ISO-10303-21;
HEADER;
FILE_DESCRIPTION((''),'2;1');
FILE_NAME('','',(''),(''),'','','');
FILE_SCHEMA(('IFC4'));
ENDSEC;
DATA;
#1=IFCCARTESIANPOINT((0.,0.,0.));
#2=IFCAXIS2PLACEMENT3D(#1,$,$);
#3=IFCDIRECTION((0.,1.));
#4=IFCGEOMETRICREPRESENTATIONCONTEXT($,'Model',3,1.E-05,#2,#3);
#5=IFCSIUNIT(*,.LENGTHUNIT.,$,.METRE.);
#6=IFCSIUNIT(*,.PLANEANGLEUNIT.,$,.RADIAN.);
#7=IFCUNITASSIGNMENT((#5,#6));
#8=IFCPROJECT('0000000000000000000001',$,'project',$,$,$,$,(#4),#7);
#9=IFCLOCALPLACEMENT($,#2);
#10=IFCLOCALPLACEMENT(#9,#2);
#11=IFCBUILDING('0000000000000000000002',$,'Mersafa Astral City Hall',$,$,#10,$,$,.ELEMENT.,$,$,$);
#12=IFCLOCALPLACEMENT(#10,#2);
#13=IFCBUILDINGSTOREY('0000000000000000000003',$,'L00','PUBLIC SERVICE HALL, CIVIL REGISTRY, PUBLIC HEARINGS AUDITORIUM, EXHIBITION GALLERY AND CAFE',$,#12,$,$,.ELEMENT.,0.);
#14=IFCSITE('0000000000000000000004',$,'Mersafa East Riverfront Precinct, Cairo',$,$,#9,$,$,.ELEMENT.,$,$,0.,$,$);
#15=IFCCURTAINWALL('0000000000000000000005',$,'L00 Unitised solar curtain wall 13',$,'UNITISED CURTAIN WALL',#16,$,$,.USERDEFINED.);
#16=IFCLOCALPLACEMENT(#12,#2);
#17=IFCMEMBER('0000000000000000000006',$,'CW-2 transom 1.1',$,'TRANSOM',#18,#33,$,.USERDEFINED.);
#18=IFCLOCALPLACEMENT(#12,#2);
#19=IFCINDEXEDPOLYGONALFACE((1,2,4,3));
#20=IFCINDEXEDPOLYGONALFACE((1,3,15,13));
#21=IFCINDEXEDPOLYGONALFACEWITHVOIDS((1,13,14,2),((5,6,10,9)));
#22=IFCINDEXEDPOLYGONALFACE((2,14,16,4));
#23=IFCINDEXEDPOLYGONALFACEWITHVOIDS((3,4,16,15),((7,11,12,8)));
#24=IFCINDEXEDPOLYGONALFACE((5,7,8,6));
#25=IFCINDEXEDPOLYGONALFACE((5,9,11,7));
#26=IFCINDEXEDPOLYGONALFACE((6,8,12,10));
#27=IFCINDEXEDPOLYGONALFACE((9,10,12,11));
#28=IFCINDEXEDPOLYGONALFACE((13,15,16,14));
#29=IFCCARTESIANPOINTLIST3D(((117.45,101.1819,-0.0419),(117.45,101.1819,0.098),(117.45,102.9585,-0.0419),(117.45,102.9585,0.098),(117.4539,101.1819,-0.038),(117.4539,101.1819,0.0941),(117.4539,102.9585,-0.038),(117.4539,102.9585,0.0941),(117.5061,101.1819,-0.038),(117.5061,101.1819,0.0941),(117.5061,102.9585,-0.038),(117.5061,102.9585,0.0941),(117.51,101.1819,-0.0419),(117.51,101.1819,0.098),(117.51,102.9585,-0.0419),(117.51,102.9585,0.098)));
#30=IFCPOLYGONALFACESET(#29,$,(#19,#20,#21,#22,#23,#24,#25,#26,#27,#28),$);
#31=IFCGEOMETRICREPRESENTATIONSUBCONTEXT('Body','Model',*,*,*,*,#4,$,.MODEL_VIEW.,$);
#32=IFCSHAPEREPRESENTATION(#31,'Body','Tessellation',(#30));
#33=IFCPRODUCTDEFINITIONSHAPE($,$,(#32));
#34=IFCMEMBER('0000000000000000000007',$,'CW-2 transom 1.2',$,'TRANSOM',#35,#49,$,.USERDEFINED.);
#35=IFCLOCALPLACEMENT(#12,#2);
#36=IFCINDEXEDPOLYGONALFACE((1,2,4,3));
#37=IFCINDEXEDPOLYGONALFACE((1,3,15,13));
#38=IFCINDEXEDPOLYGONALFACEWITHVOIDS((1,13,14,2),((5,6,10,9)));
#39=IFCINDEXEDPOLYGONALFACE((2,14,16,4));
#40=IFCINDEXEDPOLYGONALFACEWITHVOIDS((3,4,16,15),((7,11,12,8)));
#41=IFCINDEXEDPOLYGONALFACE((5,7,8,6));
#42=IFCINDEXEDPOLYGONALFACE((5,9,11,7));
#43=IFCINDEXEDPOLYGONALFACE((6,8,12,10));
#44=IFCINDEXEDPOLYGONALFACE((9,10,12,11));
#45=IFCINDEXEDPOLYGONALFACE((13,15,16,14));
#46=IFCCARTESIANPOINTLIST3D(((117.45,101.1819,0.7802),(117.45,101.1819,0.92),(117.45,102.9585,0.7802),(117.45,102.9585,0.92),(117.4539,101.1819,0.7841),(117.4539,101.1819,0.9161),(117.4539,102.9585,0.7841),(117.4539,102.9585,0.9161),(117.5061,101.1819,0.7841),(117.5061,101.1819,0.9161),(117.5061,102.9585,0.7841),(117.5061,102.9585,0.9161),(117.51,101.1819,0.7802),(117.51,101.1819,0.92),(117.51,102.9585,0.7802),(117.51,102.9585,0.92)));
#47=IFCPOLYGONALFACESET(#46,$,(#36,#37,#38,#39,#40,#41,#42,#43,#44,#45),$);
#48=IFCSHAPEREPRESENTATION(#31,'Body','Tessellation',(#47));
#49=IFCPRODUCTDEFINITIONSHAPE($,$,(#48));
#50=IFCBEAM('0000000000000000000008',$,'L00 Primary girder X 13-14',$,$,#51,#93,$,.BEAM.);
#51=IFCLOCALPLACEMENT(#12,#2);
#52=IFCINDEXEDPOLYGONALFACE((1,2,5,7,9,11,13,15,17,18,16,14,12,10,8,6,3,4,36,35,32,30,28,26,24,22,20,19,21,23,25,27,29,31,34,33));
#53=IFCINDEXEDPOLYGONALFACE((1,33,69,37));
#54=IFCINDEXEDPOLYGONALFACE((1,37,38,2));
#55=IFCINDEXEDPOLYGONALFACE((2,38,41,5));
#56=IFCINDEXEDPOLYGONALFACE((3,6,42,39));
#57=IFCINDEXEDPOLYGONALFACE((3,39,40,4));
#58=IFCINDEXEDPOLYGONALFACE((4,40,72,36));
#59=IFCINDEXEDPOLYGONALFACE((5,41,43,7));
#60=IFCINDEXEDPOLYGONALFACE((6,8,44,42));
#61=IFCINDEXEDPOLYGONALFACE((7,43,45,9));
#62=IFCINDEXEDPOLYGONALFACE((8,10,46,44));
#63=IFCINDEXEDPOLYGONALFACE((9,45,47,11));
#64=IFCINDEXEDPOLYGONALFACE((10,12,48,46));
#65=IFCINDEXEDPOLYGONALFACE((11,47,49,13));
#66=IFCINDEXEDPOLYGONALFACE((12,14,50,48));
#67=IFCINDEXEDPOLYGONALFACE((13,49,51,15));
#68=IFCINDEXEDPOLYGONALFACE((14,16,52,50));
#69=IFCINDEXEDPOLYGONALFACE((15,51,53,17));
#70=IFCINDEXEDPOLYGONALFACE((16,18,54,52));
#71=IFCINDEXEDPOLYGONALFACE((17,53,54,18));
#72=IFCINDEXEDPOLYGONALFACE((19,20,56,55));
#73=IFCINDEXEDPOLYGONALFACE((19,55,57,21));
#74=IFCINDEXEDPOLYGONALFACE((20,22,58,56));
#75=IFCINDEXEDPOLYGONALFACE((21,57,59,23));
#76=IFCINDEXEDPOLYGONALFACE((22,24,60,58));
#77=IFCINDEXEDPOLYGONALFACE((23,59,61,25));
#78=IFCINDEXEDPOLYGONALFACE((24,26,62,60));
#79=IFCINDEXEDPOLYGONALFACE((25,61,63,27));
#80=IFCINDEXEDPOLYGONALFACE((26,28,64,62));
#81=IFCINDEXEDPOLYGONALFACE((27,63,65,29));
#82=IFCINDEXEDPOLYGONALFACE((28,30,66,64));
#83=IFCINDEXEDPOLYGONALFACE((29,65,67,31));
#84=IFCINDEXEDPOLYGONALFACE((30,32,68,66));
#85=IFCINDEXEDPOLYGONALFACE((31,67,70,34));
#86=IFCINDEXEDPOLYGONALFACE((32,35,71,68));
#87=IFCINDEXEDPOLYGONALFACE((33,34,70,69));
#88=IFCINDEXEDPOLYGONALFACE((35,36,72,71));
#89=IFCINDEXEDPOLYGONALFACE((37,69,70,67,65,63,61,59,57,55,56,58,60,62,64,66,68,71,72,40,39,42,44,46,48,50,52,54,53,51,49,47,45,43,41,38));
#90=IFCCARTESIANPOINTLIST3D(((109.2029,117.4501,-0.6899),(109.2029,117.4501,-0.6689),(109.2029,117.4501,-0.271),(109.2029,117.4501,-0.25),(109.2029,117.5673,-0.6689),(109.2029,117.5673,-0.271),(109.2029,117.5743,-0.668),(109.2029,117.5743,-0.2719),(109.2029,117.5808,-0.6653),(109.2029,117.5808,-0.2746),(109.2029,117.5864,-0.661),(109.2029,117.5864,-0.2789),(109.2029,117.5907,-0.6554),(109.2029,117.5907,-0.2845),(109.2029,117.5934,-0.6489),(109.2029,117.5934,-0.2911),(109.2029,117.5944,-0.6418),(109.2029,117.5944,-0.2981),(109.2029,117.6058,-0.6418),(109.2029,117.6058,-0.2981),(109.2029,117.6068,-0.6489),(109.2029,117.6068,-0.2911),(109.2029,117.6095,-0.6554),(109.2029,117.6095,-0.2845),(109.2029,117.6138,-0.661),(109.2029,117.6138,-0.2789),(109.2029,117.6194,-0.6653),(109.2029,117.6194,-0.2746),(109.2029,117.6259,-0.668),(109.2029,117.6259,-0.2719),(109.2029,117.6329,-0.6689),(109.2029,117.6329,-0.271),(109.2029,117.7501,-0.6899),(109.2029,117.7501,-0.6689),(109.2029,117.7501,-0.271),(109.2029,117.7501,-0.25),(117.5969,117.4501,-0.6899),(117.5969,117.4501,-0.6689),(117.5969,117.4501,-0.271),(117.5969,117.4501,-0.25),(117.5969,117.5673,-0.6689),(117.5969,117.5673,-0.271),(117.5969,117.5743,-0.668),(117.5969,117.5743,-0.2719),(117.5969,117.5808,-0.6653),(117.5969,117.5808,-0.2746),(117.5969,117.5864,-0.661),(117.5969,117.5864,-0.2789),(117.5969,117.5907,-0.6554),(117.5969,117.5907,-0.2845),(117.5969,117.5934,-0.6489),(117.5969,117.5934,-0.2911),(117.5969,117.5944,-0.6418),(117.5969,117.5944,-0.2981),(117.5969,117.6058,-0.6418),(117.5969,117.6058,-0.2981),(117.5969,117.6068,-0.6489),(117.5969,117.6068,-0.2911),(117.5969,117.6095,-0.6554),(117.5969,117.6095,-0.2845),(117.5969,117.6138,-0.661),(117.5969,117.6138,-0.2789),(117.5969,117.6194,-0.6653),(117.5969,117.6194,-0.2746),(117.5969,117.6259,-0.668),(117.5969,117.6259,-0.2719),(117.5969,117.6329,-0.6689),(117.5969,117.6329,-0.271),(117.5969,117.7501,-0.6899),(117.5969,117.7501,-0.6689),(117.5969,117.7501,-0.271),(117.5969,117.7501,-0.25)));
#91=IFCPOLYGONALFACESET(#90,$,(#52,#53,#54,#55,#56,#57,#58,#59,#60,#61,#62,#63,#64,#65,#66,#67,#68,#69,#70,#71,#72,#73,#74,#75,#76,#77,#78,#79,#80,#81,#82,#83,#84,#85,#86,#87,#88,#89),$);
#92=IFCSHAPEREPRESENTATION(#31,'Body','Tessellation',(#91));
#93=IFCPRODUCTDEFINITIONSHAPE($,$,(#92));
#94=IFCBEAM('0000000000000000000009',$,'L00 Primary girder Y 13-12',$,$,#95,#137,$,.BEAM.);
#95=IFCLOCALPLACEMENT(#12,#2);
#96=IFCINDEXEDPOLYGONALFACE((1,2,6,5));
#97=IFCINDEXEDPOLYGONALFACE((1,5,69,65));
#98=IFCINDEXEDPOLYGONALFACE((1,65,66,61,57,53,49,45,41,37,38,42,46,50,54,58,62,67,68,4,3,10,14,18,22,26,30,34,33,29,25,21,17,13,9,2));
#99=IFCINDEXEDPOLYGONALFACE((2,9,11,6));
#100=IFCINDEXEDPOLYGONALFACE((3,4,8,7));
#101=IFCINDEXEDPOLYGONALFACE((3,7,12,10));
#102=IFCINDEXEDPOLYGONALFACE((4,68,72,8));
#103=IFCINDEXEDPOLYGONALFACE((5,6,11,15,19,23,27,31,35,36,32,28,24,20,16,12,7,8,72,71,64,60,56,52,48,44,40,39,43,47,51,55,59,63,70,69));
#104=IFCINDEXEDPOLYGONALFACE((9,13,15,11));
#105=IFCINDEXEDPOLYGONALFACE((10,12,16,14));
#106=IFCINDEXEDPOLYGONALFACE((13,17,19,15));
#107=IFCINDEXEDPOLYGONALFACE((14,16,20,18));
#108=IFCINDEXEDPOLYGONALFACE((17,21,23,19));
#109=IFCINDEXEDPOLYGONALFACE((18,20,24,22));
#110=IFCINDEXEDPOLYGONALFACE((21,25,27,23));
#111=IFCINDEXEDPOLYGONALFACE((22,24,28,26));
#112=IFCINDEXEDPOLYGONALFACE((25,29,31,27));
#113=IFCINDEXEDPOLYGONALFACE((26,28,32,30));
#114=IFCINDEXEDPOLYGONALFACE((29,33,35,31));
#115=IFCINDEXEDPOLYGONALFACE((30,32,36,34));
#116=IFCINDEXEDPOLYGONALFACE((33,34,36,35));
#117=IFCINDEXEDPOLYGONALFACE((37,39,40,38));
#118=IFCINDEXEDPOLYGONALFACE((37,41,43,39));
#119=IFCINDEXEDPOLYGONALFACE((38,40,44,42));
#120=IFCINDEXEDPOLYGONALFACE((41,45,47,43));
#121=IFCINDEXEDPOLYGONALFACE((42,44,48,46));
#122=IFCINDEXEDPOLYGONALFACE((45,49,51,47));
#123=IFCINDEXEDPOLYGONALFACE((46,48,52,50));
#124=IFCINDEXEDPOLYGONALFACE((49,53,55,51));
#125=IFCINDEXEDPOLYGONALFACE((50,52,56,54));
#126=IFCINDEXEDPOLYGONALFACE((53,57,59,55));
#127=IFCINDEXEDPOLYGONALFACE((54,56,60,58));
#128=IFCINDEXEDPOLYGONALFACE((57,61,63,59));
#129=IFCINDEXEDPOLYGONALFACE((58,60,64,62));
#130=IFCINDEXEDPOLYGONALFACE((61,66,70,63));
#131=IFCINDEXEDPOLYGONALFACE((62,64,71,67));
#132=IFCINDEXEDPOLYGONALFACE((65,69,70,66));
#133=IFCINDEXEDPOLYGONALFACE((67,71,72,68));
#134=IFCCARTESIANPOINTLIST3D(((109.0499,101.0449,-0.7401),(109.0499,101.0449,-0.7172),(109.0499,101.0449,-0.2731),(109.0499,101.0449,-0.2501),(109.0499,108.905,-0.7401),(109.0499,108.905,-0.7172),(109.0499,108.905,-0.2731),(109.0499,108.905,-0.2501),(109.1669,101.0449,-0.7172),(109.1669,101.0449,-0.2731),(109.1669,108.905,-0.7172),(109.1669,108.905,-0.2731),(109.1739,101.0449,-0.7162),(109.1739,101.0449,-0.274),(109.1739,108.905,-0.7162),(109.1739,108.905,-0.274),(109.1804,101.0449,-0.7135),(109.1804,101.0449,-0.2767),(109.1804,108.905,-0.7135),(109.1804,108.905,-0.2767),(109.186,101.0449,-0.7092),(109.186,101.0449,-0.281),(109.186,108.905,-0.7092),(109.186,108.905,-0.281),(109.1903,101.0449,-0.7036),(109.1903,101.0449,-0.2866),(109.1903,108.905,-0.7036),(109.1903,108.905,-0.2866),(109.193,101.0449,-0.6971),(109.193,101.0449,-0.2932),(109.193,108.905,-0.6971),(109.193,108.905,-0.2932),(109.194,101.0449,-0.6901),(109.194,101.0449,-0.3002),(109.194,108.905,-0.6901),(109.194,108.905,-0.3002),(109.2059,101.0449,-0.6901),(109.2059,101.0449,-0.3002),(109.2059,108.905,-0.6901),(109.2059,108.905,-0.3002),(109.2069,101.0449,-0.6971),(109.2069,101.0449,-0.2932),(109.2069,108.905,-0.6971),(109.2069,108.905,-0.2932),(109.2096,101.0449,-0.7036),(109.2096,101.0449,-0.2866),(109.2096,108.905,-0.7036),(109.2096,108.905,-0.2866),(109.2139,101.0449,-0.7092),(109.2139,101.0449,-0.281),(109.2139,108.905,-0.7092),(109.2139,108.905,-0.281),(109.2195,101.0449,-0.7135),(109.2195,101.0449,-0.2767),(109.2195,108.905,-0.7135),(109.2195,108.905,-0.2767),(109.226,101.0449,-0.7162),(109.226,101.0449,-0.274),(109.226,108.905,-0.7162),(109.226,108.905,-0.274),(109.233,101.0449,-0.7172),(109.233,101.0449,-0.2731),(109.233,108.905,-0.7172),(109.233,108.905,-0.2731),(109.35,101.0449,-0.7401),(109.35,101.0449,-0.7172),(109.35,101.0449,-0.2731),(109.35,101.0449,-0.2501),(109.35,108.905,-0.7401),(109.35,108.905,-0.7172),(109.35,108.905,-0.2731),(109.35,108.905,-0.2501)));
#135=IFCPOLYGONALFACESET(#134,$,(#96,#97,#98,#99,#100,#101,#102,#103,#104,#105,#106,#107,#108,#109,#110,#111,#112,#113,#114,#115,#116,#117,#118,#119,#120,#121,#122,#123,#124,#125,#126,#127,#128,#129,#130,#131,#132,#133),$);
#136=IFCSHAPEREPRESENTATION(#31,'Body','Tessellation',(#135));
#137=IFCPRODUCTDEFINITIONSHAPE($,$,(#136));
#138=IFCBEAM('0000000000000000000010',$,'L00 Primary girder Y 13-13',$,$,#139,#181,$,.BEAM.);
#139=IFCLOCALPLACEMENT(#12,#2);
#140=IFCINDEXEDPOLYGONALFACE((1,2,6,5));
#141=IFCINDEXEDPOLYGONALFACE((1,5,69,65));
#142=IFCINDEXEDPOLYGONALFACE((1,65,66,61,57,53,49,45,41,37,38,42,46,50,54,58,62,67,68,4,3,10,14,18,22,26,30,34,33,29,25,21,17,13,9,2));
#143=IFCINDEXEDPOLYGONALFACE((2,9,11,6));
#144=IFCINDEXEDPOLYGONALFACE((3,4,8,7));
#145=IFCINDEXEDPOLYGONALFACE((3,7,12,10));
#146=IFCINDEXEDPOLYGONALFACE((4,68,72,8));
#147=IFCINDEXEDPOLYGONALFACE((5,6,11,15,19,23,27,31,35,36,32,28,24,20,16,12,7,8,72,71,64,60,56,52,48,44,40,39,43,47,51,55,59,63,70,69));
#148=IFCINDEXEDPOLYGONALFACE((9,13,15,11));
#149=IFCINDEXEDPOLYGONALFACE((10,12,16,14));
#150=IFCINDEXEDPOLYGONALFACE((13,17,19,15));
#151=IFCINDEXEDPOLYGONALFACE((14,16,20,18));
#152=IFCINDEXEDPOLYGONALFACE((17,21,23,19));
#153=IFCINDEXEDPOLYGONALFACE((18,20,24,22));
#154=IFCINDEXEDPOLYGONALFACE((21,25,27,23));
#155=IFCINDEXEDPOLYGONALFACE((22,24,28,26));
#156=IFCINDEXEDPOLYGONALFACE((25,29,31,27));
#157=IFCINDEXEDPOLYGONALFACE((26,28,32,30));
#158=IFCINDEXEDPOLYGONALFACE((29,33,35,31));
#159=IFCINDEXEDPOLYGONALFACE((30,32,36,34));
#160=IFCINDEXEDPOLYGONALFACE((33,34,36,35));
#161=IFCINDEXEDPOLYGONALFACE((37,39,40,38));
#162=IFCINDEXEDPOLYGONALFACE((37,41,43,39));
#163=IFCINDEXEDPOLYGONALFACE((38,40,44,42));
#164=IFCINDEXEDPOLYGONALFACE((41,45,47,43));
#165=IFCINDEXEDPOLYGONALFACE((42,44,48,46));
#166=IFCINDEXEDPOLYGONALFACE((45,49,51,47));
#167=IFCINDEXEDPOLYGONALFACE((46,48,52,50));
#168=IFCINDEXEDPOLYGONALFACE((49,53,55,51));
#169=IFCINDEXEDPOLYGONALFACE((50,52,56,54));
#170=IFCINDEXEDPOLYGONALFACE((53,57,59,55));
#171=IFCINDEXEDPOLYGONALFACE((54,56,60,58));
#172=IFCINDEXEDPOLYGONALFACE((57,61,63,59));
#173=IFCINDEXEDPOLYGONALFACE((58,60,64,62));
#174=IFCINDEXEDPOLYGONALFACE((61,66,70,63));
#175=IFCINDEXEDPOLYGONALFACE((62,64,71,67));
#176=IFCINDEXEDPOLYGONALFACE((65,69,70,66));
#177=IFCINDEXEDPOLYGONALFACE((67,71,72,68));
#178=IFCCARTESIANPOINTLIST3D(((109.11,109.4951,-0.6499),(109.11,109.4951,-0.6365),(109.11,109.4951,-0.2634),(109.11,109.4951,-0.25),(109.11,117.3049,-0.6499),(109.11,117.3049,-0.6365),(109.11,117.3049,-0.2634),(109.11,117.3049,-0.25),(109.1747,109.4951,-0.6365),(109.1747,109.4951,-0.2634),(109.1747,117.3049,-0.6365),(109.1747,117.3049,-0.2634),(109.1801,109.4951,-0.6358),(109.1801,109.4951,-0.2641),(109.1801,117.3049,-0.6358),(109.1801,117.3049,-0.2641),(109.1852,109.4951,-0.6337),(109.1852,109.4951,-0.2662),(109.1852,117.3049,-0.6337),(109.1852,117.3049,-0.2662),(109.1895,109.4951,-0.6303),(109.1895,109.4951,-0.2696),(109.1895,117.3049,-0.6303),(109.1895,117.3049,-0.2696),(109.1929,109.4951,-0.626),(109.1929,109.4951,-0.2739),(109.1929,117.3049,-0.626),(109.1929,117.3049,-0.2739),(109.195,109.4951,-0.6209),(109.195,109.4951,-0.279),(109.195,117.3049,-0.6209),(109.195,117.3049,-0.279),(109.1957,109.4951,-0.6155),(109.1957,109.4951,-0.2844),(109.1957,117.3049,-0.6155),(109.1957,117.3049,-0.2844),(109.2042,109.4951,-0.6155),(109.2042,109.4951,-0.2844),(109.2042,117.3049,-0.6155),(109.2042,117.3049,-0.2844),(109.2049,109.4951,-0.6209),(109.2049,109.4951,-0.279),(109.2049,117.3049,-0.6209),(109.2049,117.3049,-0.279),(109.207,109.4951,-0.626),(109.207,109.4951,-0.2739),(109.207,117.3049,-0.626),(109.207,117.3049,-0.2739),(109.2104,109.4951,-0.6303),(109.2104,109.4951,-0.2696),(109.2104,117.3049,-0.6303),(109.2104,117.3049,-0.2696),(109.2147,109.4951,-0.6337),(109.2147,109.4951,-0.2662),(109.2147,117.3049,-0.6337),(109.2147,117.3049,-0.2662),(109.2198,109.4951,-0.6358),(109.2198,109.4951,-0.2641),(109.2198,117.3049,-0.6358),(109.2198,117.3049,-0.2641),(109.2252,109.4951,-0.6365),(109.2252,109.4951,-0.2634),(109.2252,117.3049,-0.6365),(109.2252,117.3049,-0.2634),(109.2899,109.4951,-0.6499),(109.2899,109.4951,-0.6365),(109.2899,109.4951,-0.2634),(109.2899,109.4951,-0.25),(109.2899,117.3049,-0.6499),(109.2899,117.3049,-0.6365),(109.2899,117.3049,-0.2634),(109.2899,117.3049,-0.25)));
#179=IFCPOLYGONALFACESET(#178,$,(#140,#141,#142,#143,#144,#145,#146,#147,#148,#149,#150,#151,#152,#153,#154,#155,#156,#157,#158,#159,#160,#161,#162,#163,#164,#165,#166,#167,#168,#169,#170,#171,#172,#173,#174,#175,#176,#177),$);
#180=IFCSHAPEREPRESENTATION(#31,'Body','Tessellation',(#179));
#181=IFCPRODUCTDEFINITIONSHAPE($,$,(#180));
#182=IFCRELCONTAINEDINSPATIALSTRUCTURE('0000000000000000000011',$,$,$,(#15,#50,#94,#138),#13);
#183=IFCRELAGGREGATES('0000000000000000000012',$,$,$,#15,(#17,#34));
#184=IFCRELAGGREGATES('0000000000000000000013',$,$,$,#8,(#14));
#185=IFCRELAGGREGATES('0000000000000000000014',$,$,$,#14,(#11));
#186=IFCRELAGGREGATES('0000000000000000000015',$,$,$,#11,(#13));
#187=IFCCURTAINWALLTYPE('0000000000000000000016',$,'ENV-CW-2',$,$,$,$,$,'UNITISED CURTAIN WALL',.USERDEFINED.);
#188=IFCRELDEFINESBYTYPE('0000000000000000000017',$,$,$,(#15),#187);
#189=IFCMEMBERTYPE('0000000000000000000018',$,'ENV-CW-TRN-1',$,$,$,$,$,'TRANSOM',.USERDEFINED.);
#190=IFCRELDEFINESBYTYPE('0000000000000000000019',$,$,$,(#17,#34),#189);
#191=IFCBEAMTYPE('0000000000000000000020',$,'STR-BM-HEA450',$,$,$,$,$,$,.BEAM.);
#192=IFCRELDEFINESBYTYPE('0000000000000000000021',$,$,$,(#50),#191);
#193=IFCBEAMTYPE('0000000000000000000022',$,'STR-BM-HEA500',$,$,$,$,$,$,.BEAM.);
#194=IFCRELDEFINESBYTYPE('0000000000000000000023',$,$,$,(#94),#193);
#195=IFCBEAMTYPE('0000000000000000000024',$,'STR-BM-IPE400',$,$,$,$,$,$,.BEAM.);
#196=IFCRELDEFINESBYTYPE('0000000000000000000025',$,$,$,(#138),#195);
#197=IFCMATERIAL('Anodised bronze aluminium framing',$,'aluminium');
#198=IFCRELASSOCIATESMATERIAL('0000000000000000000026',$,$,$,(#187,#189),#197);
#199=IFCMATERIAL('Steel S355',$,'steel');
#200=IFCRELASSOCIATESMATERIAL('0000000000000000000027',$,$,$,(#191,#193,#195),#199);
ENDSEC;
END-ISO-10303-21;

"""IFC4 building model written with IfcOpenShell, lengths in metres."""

from ifc_helpers import new_model, si_unit, direction, frame, origin, origin_2d, place, context, subcontext, project, spatial, hollow_rectangle, i_section, extrude, material, material_profile, profile_set, type_object, element, aggregate, save


model = new_model("IFC4")

# Units and contexts
model_context = context("Model", 3, precision=1e-05, world=origin(), true_north=direction((0.0, 1.0)))
body_context = subcontext(model_context, "Body", "Model", "MODEL_VIEW")
ifc_project = project(units=[si_unit("LENGTHUNIT", "METRE"), si_unit("PLANEANGLEUNIT", "RADIAN")], contexts=[model_context])

# Site, building, storey
site_placement = place(None, origin())
site = spatial("IfcSite", under=ifc_project, at=site_placement, Name="Mersafa East Riverfront Precinct, Cairo", CompositionType="ELEMENT", RefElevation=0.0)
building_placement = place(site_placement, origin())
building = spatial("IfcBuilding", under=site, at=building_placement, Name="Mersafa Astral City Hall", CompositionType="ELEMENT")
storey_placement = place(building_placement, origin())
storey = spatial("IfcBuildingStorey", under=building, at=storey_placement, Name="L00", Description="PUBLIC SERVICE HALL, CIVIL REGISTRY, PUBLIC HEARINGS AUDITORIUM, EXHIBITION GALLERY AND CAFE", CompositionType="ELEMENT", Elevation=0.0)

# Shared definitions
ifc_material_1 = material(Name="Steel S355", Category="steel")

# Curtain wall, members
ifc_material_2 = material(Name="Anodised bronze aluminium framing", Category="aluminium")
curtain_wall_type = type_object("IfcCurtainWallType", Name="ENV-CW-2", ElementType="UNITISED CURTAIN WALL", PredefinedType="USERDEFINED", material=ifc_material_2)
curtain_wall_placement = place(storey_placement, origin())
curtain_wall = element("IfcCurtainWall", 1, at=curtain_wall_placement, inside=storey, type_object=curtain_wall_type, Name="L00 Unitised solar curtain wall 13", ObjectType="UNITISED CURTAIN WALL", PredefinedType="USERDEFINED")
ifc_material_profile_1 = material_profile(ifc_material_2, hollow_rectangle(XDim=0.0601, YDim=0.1399, WallThickness=0.0039, at=origin_2d()), Name="RHS 60x140x4")
ifc_profile_set_1 = profile_set([ifc_material_profile_1], Name="Anodised bronze aluminium framing")
member_type_1 = type_object("IfcMemberType", Name="ENV-CW-TRN-1", ElementType="TRANSOM", PredefinedType="USERDEFINED", material=ifc_profile_set_1)
member_1_placement = place(storey_placement, frame((117.48, 101.1819, 0.0281), z_axis=(0.0, 1.0, 0.0), x_axis=(-1.0, 0.0, 0.0)))
member_1 = element("IfcMember", 2, at=member_1_placement, type_object=member_type_1, Name="CW-2 transom 1.1", ObjectType="TRANSOM", PredefinedType="USERDEFINED", context=body_context, shape_type="SweptSolid", body=[
    extrude(hollow_rectangle(XDim=0.0601, YDim=0.1399, WallThickness=0.0039, at=origin_2d()), origin(), (0.0, 0.0, 1.0), 1.7766),
])
member_2_placement = place(storey_placement, frame((117.48, 101.1819, 0.8501), z_axis=(0.0, 1.0, 0.0), x_axis=(-1.0, 0.0, 0.0)))
member_2 = element("IfcMember", 3, at=member_2_placement, type_object=member_type_1, Name="CW-2 transom 1.2", ObjectType="TRANSOM", PredefinedType="USERDEFINED", context=body_context, shape_type="SweptSolid", body=[
    extrude(hollow_rectangle(XDim=0.0601, YDim=0.1399, WallThickness=0.0039, at=origin_2d()), origin(), (0.0, 0.0, 1.0), 1.7766),
])
aggregate(curtain_wall, [member_1, member_2])

# Beams
ifc_material_profile_2 = material_profile(ifc_material_1, i_section(OverallWidth=0.3, OverallDepth=0.4399, WebThickness=0.0115, FlangeThickness=0.021, FilletRadius=0.0271, at=origin_2d()), Name="HEA 450")
ifc_profile_set_2 = profile_set([ifc_material_profile_2], Name="Steel S355")
beam_type_1 = type_object("IfcBeamType", Name="STR-BM-HEA450", PredefinedType="BEAM", material=ifc_profile_set_2)
beam_1_placement = place(storey_placement, frame((109.2029, 117.6001, -0.47), z_axis=(1.0, 0.0, 0.0), x_axis=(0.0, 1.0, 0.0)))
element("IfcBeam", 4, at=beam_1_placement, inside=storey, type_object=beam_type_1, Name="L00 Primary girder X 13-14", PredefinedType="BEAM", context=body_context, shape_type="SweptSolid", body=[
    extrude(i_section(OverallWidth=0.3, OverallDepth=0.4399, WebThickness=0.0115, FlangeThickness=0.021, FilletRadius=0.0271, at=origin_2d()), origin(), (0.0, 0.0, 1.0), 8.394),
])
ifc_material_profile_3 = material_profile(ifc_material_1, i_section(OverallWidth=0.3, OverallDepth=0.49, WebThickness=0.012, FlangeThickness=0.0229, FilletRadius=0.0271, at=origin_2d()), Name="HEA 500")
ifc_profile_set_3 = profile_set([ifc_material_profile_3], Name="Steel S355")
beam_type_2 = type_object("IfcBeamType", Name="STR-BM-HEA500", PredefinedType="BEAM", material=ifc_profile_set_3)
beam_2_placement = place(storey_placement, frame((109.2, 101.0449, -0.4951), z_axis=(0.0, 1.0, 0.0), x_axis=(-1.0, 0.0, 0.0)))
element("IfcBeam", 5, at=beam_2_placement, inside=storey, type_object=beam_type_2, Name="L00 Primary girder Y 13-12", PredefinedType="BEAM", context=body_context, shape_type="SweptSolid", body=[
    extrude(i_section(OverallWidth=0.3, OverallDepth=0.49, WebThickness=0.012, FlangeThickness=0.0229, FilletRadius=0.0271, at=origin_2d()), origin(), (0.0, 0.0, 1.0), 7.8601),
])
ifc_material_profile_4 = material_profile(ifc_material_1, i_section(OverallWidth=0.1799, OverallDepth=0.3999, WebThickness=0.0085, FlangeThickness=0.0134, FilletRadius=0.021, at=origin_2d()), Name="IPE 400")
ifc_profile_set_4 = profile_set([ifc_material_profile_4], Name="Steel S355")
beam_type_3 = type_object("IfcBeamType", Name="STR-BM-IPE400", PredefinedType="BEAM", material=ifc_profile_set_4)
beam_3_placement = place(storey_placement, frame((109.2, 109.4951, -0.45), z_axis=(0.0, 1.0, 0.0), x_axis=(-1.0, 0.0, 0.0)))
element("IfcBeam", 6, at=beam_3_placement, inside=storey, type_object=beam_type_3, Name="L00 Primary girder Y 13-13", PredefinedType="BEAM", context=body_context, shape_type="SweptSolid", body=[
    extrude(i_section(OverallWidth=0.1799, OverallDepth=0.3999, WebThickness=0.0085, FlangeThickness=0.0134, FilletRadius=0.021, at=origin_2d()), origin(), (0.0, 0.0, 1.0), 7.8098),
])

save(model, "model.ifc")
